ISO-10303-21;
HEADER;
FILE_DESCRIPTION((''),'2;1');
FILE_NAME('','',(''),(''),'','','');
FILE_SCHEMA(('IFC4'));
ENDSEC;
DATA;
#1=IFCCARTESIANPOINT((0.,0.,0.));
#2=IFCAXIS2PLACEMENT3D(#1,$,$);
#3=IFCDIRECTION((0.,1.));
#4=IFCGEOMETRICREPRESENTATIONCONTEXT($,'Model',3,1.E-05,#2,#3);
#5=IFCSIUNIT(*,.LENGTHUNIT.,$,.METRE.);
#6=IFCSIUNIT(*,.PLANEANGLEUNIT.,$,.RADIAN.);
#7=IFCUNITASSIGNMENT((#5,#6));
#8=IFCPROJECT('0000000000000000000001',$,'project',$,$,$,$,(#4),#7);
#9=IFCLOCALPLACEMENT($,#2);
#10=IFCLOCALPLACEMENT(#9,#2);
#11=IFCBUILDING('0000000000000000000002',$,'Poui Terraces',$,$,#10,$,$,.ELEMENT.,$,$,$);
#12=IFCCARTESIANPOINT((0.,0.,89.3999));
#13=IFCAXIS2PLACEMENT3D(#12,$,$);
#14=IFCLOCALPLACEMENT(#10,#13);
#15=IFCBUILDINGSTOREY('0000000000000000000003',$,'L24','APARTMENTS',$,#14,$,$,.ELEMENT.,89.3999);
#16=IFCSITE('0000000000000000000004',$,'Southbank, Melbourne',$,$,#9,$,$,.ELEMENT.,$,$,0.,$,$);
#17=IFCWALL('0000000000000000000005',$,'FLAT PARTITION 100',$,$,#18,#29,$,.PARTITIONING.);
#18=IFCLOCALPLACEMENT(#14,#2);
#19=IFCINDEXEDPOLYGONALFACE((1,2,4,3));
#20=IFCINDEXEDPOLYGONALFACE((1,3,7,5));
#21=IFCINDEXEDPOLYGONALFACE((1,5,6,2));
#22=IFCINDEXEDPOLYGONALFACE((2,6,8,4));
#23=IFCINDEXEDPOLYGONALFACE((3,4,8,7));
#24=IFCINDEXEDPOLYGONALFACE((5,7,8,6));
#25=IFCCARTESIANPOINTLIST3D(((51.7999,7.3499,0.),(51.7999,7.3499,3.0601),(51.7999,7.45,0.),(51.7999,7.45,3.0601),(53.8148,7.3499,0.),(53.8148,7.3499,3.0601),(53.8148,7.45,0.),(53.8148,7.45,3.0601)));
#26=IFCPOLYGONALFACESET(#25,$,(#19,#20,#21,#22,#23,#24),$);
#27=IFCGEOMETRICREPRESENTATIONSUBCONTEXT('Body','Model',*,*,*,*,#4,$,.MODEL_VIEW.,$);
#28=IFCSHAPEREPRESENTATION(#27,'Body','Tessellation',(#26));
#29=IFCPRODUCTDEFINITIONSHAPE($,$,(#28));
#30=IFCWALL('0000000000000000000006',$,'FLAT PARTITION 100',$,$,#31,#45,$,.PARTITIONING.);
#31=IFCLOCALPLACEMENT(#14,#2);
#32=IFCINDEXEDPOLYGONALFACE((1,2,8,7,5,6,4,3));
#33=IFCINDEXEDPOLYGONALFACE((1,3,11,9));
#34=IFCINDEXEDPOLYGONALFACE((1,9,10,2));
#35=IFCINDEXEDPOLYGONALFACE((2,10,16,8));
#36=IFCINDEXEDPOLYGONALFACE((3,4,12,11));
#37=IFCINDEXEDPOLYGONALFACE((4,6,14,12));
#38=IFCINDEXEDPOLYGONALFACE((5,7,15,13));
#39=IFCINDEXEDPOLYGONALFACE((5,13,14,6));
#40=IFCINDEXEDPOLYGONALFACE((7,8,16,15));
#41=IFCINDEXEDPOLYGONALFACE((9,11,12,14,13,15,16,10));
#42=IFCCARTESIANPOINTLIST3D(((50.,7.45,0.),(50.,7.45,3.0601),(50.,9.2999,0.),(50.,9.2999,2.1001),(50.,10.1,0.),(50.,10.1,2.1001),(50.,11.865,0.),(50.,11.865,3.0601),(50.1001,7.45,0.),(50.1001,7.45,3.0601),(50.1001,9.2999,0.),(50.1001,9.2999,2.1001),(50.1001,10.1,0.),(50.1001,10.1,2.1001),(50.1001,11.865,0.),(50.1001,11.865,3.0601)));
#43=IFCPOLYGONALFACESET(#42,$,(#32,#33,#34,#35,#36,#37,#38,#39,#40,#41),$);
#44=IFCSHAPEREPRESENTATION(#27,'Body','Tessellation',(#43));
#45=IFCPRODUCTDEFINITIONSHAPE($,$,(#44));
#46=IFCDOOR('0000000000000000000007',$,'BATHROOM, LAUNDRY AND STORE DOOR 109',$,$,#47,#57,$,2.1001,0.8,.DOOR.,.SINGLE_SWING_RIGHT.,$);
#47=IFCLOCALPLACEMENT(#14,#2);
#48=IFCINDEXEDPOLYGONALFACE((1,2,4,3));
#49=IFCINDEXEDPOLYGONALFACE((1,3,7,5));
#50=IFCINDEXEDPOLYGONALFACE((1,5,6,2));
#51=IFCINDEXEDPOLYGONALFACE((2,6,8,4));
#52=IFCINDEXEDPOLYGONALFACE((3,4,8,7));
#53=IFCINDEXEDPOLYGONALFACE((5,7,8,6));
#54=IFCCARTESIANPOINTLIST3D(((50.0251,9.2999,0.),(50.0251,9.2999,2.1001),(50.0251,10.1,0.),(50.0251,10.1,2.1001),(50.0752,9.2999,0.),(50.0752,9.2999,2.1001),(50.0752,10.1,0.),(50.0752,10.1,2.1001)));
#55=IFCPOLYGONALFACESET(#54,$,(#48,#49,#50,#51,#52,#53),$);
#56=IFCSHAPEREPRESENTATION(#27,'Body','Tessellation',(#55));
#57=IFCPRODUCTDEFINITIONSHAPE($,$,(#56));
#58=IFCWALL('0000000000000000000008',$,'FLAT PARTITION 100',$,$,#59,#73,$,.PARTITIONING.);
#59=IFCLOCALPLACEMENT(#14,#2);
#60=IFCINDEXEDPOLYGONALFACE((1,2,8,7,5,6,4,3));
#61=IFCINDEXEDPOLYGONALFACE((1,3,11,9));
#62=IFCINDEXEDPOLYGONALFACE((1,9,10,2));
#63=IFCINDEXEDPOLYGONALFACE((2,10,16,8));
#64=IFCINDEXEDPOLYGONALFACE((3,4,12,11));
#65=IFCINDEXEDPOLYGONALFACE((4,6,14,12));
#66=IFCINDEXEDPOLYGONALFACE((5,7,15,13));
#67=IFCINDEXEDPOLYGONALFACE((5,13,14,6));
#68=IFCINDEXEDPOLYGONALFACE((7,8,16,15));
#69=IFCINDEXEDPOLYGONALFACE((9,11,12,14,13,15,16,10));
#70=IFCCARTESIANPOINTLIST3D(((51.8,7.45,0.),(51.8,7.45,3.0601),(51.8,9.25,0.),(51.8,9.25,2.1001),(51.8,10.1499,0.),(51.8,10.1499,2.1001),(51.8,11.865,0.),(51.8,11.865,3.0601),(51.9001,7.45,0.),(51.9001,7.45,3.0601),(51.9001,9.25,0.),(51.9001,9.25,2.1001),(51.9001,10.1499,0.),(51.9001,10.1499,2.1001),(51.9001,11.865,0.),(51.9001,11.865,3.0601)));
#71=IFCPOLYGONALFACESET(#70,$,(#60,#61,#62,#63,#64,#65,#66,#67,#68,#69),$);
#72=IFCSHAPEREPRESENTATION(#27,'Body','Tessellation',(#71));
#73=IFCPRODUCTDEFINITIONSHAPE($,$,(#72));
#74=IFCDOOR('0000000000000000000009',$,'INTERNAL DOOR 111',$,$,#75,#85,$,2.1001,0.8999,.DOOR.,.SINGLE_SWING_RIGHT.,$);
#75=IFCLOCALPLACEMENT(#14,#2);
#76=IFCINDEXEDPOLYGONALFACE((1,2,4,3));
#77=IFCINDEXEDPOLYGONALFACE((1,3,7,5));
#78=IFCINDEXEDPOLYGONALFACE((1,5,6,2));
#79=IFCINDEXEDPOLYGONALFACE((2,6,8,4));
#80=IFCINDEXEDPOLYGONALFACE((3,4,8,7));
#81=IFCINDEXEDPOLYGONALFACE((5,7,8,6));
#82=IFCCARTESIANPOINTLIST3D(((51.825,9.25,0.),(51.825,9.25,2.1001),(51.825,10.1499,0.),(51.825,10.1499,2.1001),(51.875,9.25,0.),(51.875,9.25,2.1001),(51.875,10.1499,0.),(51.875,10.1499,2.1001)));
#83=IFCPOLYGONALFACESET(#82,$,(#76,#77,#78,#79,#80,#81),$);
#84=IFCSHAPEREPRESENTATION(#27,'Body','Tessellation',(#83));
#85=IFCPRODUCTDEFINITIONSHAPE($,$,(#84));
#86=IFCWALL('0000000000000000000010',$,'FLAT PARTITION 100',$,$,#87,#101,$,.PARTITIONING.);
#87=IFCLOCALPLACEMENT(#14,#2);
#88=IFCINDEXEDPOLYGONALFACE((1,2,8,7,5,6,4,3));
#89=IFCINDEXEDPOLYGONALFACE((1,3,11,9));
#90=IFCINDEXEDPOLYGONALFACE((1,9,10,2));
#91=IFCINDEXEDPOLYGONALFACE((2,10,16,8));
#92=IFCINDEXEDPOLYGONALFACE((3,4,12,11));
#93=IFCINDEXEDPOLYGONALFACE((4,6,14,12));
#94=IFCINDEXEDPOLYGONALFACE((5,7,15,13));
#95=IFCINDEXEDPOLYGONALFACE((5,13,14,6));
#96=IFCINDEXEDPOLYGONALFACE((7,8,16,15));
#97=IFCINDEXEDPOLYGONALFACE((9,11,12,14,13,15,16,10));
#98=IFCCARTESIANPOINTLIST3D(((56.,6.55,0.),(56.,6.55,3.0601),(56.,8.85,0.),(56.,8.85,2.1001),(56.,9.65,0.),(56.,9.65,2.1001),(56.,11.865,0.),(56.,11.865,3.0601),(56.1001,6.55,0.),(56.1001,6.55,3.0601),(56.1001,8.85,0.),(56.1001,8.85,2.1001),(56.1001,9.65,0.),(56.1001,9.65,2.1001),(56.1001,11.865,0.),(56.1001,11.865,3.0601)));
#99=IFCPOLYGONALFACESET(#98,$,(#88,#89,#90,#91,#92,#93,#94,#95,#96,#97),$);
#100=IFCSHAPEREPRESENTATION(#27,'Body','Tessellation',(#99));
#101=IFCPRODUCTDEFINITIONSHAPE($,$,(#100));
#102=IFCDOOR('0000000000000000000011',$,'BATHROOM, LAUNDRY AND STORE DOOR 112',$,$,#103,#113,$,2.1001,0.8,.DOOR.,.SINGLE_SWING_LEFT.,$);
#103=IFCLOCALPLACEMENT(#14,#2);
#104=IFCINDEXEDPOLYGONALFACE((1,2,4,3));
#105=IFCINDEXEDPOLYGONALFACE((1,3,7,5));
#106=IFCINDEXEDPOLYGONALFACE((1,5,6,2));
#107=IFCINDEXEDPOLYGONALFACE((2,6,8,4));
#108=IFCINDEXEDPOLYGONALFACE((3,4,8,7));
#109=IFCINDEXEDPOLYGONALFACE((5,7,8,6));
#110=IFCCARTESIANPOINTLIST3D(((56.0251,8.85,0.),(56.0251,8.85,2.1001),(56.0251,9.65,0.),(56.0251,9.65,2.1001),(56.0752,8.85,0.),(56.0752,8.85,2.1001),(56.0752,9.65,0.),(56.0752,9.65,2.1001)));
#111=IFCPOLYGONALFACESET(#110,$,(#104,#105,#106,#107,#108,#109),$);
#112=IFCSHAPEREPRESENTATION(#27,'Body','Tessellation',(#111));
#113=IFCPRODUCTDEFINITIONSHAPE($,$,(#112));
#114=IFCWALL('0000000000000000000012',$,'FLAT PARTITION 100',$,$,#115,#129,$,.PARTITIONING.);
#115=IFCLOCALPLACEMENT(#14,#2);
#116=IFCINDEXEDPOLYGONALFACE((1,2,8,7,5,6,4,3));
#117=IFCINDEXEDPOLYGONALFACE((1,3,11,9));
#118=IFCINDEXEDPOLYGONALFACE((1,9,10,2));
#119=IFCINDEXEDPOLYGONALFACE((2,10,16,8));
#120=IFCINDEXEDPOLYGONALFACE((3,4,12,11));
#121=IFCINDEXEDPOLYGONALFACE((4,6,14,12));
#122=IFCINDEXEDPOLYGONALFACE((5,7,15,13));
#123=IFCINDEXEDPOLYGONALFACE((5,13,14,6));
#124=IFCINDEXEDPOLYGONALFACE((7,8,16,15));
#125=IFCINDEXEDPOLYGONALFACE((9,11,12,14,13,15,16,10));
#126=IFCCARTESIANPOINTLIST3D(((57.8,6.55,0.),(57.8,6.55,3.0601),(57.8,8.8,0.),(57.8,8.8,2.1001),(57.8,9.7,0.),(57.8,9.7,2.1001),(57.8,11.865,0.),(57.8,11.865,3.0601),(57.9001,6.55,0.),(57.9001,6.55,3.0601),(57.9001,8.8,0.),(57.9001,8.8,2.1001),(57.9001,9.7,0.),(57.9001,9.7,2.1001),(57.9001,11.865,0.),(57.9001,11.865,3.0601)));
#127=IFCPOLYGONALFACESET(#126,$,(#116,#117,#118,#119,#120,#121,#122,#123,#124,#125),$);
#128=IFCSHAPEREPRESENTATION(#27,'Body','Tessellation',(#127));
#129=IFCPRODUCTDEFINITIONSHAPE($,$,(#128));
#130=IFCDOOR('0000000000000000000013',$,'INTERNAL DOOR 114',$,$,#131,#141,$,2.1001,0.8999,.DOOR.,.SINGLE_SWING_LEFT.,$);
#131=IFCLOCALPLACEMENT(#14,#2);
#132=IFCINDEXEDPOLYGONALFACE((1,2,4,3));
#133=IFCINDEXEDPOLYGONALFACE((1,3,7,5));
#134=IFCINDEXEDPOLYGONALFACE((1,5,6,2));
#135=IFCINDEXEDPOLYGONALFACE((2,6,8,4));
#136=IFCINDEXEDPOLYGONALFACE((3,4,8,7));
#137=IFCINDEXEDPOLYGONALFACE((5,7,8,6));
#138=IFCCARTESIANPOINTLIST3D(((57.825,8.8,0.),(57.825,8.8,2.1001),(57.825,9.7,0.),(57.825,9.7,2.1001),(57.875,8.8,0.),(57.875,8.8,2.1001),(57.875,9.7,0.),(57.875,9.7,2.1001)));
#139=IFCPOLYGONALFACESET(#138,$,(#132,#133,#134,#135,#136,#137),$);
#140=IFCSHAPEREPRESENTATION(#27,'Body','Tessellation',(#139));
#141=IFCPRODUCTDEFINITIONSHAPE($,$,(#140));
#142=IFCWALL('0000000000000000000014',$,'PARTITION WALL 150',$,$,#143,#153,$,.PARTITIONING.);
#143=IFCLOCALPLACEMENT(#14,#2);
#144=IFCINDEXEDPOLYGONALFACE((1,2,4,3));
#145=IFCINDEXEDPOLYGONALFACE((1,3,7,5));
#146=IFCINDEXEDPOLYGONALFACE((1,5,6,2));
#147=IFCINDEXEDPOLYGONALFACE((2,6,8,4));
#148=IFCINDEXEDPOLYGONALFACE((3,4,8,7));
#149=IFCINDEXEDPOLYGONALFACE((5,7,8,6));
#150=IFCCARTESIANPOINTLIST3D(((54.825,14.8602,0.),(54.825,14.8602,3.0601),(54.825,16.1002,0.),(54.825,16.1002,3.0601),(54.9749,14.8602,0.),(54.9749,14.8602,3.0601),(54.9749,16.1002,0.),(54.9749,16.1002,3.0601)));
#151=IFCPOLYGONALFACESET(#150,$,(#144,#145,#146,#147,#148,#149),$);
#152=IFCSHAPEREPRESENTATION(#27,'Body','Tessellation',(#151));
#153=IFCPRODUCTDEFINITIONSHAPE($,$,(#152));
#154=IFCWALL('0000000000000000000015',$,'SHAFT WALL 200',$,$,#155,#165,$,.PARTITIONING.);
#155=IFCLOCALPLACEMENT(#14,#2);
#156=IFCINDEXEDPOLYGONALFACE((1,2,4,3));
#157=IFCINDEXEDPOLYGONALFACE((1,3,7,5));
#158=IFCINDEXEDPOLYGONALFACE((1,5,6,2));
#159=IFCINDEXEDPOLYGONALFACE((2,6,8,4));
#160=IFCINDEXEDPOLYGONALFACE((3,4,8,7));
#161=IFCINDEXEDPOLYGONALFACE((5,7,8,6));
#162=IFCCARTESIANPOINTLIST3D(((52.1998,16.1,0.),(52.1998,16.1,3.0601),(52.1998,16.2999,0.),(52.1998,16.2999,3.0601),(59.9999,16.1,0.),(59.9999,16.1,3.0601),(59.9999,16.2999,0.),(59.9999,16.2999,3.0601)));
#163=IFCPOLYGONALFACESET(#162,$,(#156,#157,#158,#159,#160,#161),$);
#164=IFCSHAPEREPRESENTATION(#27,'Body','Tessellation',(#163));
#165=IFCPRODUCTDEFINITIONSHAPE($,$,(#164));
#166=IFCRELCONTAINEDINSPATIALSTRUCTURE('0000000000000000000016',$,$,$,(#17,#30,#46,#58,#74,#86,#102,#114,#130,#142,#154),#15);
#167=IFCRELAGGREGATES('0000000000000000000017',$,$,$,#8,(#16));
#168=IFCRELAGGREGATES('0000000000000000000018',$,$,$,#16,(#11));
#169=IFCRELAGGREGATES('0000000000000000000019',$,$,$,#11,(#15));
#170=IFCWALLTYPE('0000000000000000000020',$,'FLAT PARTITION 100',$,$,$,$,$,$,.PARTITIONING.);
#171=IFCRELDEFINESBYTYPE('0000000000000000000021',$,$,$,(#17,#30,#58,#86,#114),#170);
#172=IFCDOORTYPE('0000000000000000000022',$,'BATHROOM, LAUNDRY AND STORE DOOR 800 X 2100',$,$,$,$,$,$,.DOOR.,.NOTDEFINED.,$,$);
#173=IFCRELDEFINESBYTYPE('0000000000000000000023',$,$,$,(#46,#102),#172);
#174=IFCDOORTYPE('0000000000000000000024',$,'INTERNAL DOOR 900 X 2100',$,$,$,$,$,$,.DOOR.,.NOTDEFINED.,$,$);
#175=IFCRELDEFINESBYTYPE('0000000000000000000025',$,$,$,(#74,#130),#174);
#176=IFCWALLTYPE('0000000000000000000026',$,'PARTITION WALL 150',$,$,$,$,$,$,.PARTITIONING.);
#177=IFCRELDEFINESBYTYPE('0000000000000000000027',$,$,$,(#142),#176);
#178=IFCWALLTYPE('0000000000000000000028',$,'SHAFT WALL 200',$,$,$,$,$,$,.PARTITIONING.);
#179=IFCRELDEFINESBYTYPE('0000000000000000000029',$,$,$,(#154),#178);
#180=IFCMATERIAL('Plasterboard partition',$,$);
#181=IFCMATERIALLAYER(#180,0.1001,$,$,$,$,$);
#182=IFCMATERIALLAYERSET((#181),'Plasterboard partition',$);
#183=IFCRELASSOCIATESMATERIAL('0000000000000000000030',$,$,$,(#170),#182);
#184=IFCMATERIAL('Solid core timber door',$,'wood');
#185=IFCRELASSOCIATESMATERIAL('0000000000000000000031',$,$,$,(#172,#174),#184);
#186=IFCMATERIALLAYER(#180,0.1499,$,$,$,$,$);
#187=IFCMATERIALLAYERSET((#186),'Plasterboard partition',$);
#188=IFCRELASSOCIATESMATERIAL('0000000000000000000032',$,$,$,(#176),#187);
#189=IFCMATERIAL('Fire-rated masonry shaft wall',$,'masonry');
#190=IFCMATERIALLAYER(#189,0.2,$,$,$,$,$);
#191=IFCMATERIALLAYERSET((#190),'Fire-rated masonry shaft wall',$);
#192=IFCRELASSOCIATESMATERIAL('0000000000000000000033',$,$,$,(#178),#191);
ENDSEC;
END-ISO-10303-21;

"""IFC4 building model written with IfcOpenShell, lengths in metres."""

from ifc_helpers import new_model, si_unit, direction, frame, frame_2d, origin, place, context, subcontext, project, spatial, rectangle, extrude, material, layer, layer_set, type_object, element, fill, save


model = new_model("IFC4")

# Units and contexts
model_context = context("Model", 3, precision=1e-05, world=origin(), true_north=direction((0.0, 1.0)))
body_context = subcontext(model_context, "Body", "Model", "MODEL_VIEW")
ifc_project = project(units=[si_unit("LENGTHUNIT", "METRE"), si_unit("PLANEANGLEUNIT", "RADIAN")], contexts=[model_context])

# Site, building, storey
site_placement = place(None, origin())
site = spatial("IfcSite", under=ifc_project, at=site_placement, Name="Southbank, Melbourne", CompositionType="ELEMENT", RefElevation=0.0)
building_placement = place(site_placement, origin())
building = spatial("IfcBuilding", under=site, at=building_placement, Name="Poui Terraces", CompositionType="ELEMENT")
storey_placement = place(building_placement, frame((0.0, 0.0, 89.3999)))
storey = spatial("IfcBuildingStorey", under=building, at=storey_placement, Name="L24", Description="APARTMENTS", CompositionType="ELEMENT", Elevation=89.3999)

# Wall
ifc_material_1 = material(Name="Plasterboard partition")
ifc_layer_1 = layer(ifc_material_1, 0.1001)
ifc_layer_set_1 = layer_set([ifc_layer_1], Name="Plasterboard partition")
wall_type_1 = type_object("IfcWallType", Name="FLAT PARTITION 100", PredefinedType="PARTITIONING", material=ifc_layer_set_1)
wall_1_placement = place(storey_placement, frame((51.8, 7.3999, 0.0), z_axis=(0.0, 0.0, 1.0), x_axis=(1.0, 0.0, 0.0)))
element("IfcWall", 1, at=wall_1_placement, inside=storey, type_object=wall_type_1, Name="FLAT PARTITION 100", PredefinedType="PARTITIONING", context=body_context, shape_type="SweptSolid", body=[
    extrude(rectangle(XDim=2.0149, YDim=0.1001, at=frame_2d((1.0073, 0.0))), origin(), (0.0, 0.0, 1.0), 3.0601),
])

# Walls, openings, doors
wall_2_placement = place(storey_placement, frame((50.05, 7.45, 0.0), z_axis=(0.0, 0.0, 1.0), x_axis=(0.0, 1.0, 0.0)))
wall_2 = element("IfcWall", 2, at=wall_2_placement, inside=storey, type_object=wall_type_1, Name="FLAT PARTITION 100", PredefinedType="PARTITIONING", context=body_context, shape_type="SweptSolid", body=[
    extrude(rectangle(XDim=4.415, YDim=0.1001, at=frame_2d((2.2075, 0.0))), origin(), (0.0, 0.0, 1.0), 3.0601),
])
opening_1_placement = place(wall_2_placement, frame((1.8501, 0.0, 0.0)))
opening_1 = element("IfcOpeningElement", 3, at=opening_1_placement, cuts=wall_2, PredefinedType="OPENING", context=body_context, shape_type="SweptSolid", body=[
    extrude(rectangle(XDim=0.8, YDim=2.1001, at=frame_2d((0.3999, 1.05))), frame((0.0, 0.0601, 0.0), z_axis=(0.0, -1.0, 0.0), x_axis=(1.0, 0.0, 0.0)), (0.0, 0.0, 1.0), 0.1201),
])
ifc_material_2 = material(Name="Solid core timber door", Category="wood")
door_type_1 = type_object("IfcDoorType", Name="BATHROOM, LAUNDRY AND STORE DOOR 800 X 2100", OperationType="NOTDEFINED", PredefinedType="DOOR", material=ifc_material_2)
door_1_placement = place(opening_1_placement, origin())
door_1 = element("IfcDoor", 4, at=door_1_placement, inside=storey, type_object=door_type_1, Name="BATHROOM, LAUNDRY AND STORE DOOR 109", OperationType="SINGLE_SWING_RIGHT", OverallHeight=2.1001, OverallWidth=0.8, PredefinedType="DOOR", context=body_context, shape_type="SweptSolid", body=[
    extrude(rectangle(XDim=0.8, YDim=2.1001, at=frame_2d((0.3999, 1.05))), frame((0.0, 0.0249, 0.0), z_axis=(0.0, -1.0, 0.0), x_axis=(1.0, 0.0, 0.0)), (0.0, 0.0, 1.0), 0.05),
])
fill(opening_1, door_1)
wall_3_placement = place(storey_placement, frame((51.8501, 7.45, 0.0), z_axis=(0.0, 0.0, 1.0), x_axis=(0.0, 1.0, 0.0)))
wall_3 = element("IfcWall", 5, at=wall_3_placement, inside=storey, type_object=wall_type_1, Name="FLAT PARTITION 100", PredefinedType="PARTITIONING", context=body_context, shape_type="SweptSolid", body=[
    extrude(rectangle(XDim=4.415, YDim=0.1001, at=frame_2d((2.2075, 0.0))), origin(), (0.0, 0.0, 1.0), 3.0601),
])
opening_2_placement = place(wall_3_placement, frame((1.8, 0.0, 0.0)))
opening_2 = element("IfcOpeningElement", 6, at=opening_2_placement, cuts=wall_3, PredefinedType="OPENING", context=body_context, shape_type="SweptSolid", body=[
    extrude(rectangle(XDim=0.8999, YDim=2.1001, at=frame_2d((0.45, 1.05))), frame((0.0, 0.0601, 0.0), z_axis=(0.0, -1.0, 0.0), x_axis=(1.0, 0.0, 0.0)), (0.0, 0.0, 1.0), 0.1201),
])
door_type_2 = type_object("IfcDoorType", Name="INTERNAL DOOR 900 X 2100", OperationType="NOTDEFINED", PredefinedType="DOOR", material=ifc_material_2)
door_2_placement = place(opening_2_placement, frame((0.8999, 0.0, 0.0), z_axis=(0.0, 0.0, 1.0), x_axis=(-1.0, 0.0, 0.0)))
door_2 = element("IfcDoor", 7, at=door_2_placement, inside=storey, type_object=door_type_2, Name="INTERNAL DOOR 111", OperationType="SINGLE_SWING_RIGHT", OverallHeight=2.1001, OverallWidth=0.8999, PredefinedType="DOOR", context=body_context, shape_type="SweptSolid", body=[
    extrude(rectangle(XDim=0.8999, YDim=2.1001, at=frame_2d((0.45, 1.05))), frame((0.0, 0.0249, 0.0), z_axis=(0.0, -1.0, 0.0), x_axis=(1.0, 0.0, 0.0)), (0.0, 0.0, 1.0), 0.05),
])
fill(opening_2, door_2)
wall_4_placement = place(storey_placement, frame((56.05, 6.55, 0.0), z_axis=(0.0, 0.0, 1.0), x_axis=(0.0, 1.0, 0.0)))
wall_4 = element("IfcWall", 8, at=wall_4_placement, inside=storey, type_object=wall_type_1, Name="FLAT PARTITION 100", PredefinedType="PARTITIONING", context=body_context, shape_type="SweptSolid", body=[
    extrude(rectangle(XDim=5.3149, YDim=0.1001, at=frame_2d((2.6575, 0.0))), origin(), (0.0, 0.0, 1.0), 3.0601),
])
opening_3_placement = place(wall_4_placement, frame((2.3, 0.0, 0.0)))
opening_3 = element("IfcOpeningElement", 9, at=opening_3_placement, cuts=wall_4, PredefinedType="OPENING", context=body_context, shape_type="SweptSolid", body=[
    extrude(rectangle(XDim=0.8, YDim=2.1001, at=frame_2d((0.3999, 1.05))), frame((0.0, 0.0601, 0.0), z_axis=(0.0, -1.0, 0.0), x_axis=(1.0, 0.0, 0.0)), (0.0, 0.0, 1.0), 0.1201),
])
door_3_placement = place(opening_3_placement, origin())
door_3 = element("IfcDoor", 10, at=door_3_placement, inside=storey, type_object=door_type_1, Name="BATHROOM, LAUNDRY AND STORE DOOR 112", OperationType="SINGLE_SWING_LEFT", OverallHeight=2.1001, OverallWidth=0.8, PredefinedType="DOOR", context=body_context, shape_type="SweptSolid", body=[
    extrude(rectangle(XDim=0.8, YDim=2.1001, at=frame_2d((0.3999, 1.05))), frame((0.0, 0.0249, 0.0), z_axis=(0.0, -1.0, 0.0), x_axis=(1.0, 0.0, 0.0)), (0.0, 0.0, 1.0), 0.05),
])
fill(opening_3, door_3)
wall_5_placement = place(storey_placement, frame((57.8501, 6.55, 0.0), z_axis=(0.0, 0.0, 1.0), x_axis=(0.0, 1.0, 0.0)))
wall_5 = element("IfcWall", 11, at=wall_5_placement, inside=storey, type_object=wall_type_1, Name="FLAT PARTITION 100", PredefinedType="PARTITIONING", context=body_context, shape_type="SweptSolid", body=[
    extrude(rectangle(XDim=5.3149, YDim=0.1001, at=frame_2d((2.6575, 0.0))), origin(), (0.0, 0.0, 1.0), 3.0601),
])
opening_4_placement = place(wall_5_placement, frame((2.25, 0.0, 0.0)))
opening_4 = element("IfcOpeningElement", 12, at=opening_4_placement, cuts=wall_5, PredefinedType="OPENING", context=body_context, shape_type="SweptSolid", body=[
    extrude(rectangle(XDim=0.8999, YDim=2.1001, at=frame_2d((0.45, 1.05))), frame((0.0, 0.0601, 0.0), z_axis=(0.0, -1.0, 0.0), x_axis=(1.0, 0.0, 0.0)), (0.0, 0.0, 1.0), 0.1201),
])
door_4_placement = place(opening_4_placement, frame((0.8999, 0.0, 0.0), z_axis=(0.0, 0.0, 1.0), x_axis=(-1.0, 0.0, 0.0)))
door_4 = element("IfcDoor", 13, at=door_4_placement, inside=storey, type_object=door_type_2, Name="INTERNAL DOOR 114", OperationType="SINGLE_SWING_LEFT", OverallHeight=2.1001, OverallWidth=0.8999, PredefinedType="DOOR", context=body_context, shape_type="SweptSolid", body=[
    extrude(rectangle(XDim=0.8999, YDim=2.1001, at=frame_2d((0.45, 1.05))), frame((0.0, 0.0249, 0.0), z_axis=(0.0, -1.0, 0.0), x_axis=(1.0, 0.0, 0.0)), (0.0, 0.0, 1.0), 0.05),
])
fill(opening_4, door_4)

# Walls
ifc_layer_2 = layer(ifc_material_1, 0.1499)
ifc_layer_set_2 = layer_set([ifc_layer_2], Name="Plasterboard partition")
wall_type_2 = type_object("IfcWallType", Name="PARTITION WALL 150", PredefinedType="PARTITIONING", material=ifc_layer_set_2)
wall_6_placement = place(storey_placement, frame((54.8999, 14.8601, 0.0), z_axis=(0.0, 0.0, 1.0), x_axis=(0.0, 1.0, 0.0)))
element("IfcWall", 14, at=wall_6_placement, inside=storey, type_object=wall_type_2, Name="PARTITION WALL 150", PredefinedType="PARTITIONING", context=body_context, shape_type="SweptSolid", body=[
    extrude(rectangle(XDim=1.24, YDim=0.1499, at=frame_2d((0.6201, 0.0))), origin(), (0.0, 0.0, 1.0), 3.0601),
])
ifc_material_3 = material(Name="Fire-rated masonry shaft wall", Category="masonry")
ifc_layer_3 = layer(ifc_material_3, 0.2)
ifc_layer_set_3 = layer_set([ifc_layer_3], Name="Fire-rated masonry shaft wall")
wall_type_3 = type_object("IfcWallType", Name="SHAFT WALL 200", PredefinedType="PARTITIONING", material=ifc_layer_set_3)
wall_7_placement = place(storey_placement, frame((52.2, 16.2, 0.0), z_axis=(0.0, 0.0, 1.0), x_axis=(1.0, 0.0, 0.0)))
element("IfcWall", 15, at=wall_7_placement, inside=storey, type_object=wall_type_3, Name="SHAFT WALL 200", PredefinedType="PARTITIONING", context=body_context, shape_type="SweptSolid", body=[
    extrude(rectangle(XDim=7.8, YDim=0.2, at=frame_2d((3.8999, 0.0))), origin(), (0.0, 0.0, 1.0), 3.0601),
])

save(model, "model.ifc")
